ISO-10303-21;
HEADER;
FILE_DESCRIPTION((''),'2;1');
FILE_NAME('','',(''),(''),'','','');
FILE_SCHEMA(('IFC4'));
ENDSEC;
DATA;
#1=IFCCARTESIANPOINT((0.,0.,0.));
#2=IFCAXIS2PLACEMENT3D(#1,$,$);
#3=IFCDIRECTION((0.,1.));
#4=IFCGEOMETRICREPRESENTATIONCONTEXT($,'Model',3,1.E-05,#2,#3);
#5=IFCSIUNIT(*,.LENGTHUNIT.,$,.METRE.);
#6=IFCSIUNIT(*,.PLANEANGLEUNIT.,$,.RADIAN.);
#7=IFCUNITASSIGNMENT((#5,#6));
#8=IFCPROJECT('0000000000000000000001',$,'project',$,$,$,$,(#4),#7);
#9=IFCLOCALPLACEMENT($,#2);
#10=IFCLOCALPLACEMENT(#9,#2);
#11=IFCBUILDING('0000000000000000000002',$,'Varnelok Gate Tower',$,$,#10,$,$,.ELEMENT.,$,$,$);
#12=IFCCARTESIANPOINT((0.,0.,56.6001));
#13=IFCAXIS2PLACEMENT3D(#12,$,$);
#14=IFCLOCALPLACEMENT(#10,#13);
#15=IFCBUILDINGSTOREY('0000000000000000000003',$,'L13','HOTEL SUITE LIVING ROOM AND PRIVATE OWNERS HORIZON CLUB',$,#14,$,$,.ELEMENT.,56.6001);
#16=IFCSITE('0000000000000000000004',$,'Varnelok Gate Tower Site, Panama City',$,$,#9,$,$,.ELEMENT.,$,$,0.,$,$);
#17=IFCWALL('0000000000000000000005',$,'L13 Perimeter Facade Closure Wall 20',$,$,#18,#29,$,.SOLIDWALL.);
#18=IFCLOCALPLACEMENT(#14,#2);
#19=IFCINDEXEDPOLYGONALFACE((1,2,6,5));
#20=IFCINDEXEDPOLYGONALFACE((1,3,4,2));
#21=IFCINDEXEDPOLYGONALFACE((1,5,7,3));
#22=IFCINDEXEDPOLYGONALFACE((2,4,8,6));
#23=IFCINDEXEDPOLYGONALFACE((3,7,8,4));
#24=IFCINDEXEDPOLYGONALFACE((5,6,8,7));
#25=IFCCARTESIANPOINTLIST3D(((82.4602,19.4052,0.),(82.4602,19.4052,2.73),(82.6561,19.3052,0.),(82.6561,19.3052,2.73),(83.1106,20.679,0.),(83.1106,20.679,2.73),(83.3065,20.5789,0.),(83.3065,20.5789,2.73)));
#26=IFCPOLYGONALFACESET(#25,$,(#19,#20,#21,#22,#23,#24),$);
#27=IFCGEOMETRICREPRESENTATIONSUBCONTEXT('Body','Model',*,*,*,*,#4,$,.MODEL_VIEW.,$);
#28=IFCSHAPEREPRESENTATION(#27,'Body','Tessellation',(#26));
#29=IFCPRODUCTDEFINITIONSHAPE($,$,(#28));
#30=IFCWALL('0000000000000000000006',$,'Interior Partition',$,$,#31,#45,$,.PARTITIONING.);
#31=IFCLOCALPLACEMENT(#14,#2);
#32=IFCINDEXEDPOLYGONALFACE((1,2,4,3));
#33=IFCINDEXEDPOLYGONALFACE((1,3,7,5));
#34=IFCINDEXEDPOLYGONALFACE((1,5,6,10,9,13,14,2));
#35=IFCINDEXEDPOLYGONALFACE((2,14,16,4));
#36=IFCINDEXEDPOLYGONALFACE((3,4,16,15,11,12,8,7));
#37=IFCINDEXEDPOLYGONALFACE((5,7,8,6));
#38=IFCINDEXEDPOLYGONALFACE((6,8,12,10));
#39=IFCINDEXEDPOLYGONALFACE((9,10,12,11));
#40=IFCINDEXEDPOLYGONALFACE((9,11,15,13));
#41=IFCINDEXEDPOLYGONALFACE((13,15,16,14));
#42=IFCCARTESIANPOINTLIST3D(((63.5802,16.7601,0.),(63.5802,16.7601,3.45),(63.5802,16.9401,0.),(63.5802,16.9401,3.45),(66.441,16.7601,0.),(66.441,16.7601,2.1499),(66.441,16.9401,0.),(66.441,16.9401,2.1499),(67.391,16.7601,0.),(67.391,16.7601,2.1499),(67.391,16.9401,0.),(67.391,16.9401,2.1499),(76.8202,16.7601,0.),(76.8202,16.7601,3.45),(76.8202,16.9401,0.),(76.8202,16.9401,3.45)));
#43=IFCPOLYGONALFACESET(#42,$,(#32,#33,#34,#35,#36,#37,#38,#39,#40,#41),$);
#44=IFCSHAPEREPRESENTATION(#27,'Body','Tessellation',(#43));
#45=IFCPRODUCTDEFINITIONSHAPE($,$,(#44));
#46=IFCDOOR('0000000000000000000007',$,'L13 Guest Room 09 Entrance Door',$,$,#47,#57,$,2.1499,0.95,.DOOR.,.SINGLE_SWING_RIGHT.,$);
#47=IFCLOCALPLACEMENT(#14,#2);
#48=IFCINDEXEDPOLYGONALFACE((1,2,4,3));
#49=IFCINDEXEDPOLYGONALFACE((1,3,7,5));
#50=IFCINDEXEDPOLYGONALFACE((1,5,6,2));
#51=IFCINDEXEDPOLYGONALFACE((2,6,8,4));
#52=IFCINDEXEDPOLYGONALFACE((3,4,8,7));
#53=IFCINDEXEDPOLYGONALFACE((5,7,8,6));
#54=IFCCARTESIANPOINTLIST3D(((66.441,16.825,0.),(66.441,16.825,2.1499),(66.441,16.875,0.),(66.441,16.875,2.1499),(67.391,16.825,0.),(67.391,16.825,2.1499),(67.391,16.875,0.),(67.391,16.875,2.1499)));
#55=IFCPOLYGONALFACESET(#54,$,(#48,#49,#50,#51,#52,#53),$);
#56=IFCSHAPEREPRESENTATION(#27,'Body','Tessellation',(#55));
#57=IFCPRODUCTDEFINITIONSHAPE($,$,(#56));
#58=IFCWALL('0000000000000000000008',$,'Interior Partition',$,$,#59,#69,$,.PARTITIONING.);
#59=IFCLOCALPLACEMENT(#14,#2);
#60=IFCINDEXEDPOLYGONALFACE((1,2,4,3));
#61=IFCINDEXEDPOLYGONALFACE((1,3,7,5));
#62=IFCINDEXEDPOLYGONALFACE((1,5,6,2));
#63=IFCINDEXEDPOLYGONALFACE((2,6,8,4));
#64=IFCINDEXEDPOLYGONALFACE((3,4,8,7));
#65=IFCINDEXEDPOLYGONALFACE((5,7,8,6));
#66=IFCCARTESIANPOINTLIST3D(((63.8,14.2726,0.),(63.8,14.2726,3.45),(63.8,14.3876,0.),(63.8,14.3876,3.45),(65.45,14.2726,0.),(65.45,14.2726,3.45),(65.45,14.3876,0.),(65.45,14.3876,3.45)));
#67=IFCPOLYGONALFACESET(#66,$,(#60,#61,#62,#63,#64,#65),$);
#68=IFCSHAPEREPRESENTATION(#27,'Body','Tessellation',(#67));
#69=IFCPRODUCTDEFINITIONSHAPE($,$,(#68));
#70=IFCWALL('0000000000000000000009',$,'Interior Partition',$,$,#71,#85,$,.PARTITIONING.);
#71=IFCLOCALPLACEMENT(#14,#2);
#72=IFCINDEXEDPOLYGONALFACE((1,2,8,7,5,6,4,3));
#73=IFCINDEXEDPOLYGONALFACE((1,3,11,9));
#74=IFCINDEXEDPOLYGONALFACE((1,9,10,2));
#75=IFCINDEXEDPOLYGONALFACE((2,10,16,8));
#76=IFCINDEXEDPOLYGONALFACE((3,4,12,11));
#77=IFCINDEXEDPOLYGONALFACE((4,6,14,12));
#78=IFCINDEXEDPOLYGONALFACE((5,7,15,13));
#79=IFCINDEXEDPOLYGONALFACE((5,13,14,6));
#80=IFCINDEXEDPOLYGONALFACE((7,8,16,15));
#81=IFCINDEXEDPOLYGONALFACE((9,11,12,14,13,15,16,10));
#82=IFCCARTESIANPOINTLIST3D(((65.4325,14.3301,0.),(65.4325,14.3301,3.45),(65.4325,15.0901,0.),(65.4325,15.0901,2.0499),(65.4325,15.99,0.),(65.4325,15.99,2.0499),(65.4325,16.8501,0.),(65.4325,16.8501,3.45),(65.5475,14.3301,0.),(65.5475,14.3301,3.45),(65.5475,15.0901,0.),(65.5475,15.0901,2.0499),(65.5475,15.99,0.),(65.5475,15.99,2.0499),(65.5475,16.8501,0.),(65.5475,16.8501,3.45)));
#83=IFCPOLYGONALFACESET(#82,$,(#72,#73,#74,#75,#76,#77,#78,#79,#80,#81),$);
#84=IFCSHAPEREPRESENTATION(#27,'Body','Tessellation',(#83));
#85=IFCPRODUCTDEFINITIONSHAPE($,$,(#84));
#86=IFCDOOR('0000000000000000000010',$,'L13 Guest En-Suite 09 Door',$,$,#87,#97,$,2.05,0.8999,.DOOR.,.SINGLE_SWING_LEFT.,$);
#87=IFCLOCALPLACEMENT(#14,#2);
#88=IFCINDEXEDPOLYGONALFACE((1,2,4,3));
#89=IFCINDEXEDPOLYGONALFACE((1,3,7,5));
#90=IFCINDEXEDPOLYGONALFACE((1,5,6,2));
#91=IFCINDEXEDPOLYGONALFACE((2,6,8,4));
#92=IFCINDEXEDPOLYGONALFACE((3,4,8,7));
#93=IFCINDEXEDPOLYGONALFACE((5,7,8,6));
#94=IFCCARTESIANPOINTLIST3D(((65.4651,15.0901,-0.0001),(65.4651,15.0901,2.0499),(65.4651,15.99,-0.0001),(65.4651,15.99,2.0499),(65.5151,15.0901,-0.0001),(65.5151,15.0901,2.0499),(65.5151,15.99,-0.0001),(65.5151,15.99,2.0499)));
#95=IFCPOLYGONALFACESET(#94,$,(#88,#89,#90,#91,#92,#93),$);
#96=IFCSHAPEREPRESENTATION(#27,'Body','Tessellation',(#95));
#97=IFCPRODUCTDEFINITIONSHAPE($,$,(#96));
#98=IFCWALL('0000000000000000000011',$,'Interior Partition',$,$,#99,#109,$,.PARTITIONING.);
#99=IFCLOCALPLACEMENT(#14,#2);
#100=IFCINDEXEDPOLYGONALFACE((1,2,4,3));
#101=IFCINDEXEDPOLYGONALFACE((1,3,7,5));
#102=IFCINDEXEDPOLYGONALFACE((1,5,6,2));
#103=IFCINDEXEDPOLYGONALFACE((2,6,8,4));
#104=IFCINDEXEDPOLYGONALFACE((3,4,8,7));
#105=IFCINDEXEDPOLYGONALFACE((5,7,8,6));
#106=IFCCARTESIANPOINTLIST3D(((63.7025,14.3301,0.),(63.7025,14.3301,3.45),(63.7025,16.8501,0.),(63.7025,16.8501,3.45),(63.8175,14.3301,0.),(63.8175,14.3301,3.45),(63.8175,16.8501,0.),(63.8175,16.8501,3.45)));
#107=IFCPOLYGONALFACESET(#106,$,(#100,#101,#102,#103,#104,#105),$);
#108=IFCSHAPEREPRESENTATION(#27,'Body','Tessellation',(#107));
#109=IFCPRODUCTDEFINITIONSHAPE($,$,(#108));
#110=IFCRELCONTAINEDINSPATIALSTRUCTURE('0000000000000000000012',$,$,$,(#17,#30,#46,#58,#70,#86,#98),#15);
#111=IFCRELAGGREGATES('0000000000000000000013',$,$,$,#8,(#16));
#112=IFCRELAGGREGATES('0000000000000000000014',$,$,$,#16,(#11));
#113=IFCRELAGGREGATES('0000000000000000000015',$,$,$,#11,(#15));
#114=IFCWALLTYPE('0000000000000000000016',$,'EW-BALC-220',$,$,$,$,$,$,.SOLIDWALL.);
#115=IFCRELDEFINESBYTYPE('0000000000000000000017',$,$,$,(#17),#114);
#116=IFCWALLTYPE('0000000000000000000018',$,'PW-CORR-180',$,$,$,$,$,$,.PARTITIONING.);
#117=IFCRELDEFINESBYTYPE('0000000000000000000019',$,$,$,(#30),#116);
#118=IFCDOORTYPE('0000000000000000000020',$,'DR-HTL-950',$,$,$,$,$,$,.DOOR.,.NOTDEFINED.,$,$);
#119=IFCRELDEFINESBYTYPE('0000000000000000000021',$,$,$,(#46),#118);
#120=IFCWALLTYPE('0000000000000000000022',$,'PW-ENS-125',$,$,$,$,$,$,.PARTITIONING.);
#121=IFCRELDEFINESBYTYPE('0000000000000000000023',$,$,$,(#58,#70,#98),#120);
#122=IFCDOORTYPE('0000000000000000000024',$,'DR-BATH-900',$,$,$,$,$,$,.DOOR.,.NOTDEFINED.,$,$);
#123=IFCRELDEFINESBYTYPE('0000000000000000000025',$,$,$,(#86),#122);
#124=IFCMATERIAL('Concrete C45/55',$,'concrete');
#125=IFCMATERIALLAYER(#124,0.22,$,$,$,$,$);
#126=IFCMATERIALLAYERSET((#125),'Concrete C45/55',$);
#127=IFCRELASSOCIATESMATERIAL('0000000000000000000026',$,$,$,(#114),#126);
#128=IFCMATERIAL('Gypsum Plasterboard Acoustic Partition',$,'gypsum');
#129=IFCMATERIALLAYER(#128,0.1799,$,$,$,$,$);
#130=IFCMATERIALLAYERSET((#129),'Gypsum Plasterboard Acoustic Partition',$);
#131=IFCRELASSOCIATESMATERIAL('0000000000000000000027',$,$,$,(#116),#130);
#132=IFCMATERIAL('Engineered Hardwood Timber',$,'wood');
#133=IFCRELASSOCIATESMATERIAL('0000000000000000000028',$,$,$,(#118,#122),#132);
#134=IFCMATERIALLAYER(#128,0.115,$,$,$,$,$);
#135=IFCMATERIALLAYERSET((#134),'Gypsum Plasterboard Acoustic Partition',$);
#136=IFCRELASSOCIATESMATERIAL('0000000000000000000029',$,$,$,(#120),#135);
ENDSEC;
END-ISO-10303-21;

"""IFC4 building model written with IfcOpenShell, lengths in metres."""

from ifc_helpers import new_model, si_unit, direction, frame, frame_2d, origin, place, context, subcontext, project, spatial, rectangle, extrude, material, layer, layer_set, type_object, element, fill, save


model = new_model("IFC4")

# Units and contexts
model_context = context("Model", 3, precision=1e-05, world=origin(), true_north=direction((0.0, 1.0)))
body_context = subcontext(model_context, "Body", "Model", "MODEL_VIEW")
ifc_project = project(units=[si_unit("LENGTHUNIT", "METRE"), si_unit("PLANEANGLEUNIT", "RADIAN")], contexts=[model_context])

# Site, building, storey
site_placement = place(None, origin())
site = spatial("IfcSite", under=ifc_project, at=site_placement, Name="Varnelok Gate Tower Site, Panama City", CompositionType="ELEMENT", RefElevation=0.0)
building_placement = place(site_placement, origin())
building = spatial("IfcBuilding", under=site, at=building_placement, Name="Varnelok Gate Tower", CompositionType="ELEMENT")
storey_placement = place(building_placement, frame((0.0, 0.0, 56.6001)))
storey = spatial("IfcBuildingStorey", under=building, at=storey_placement, Name="L13", Description="HOTEL SUITE LIVING ROOM AND PRIVATE OWNERS HORIZON CLUB", CompositionType="ELEMENT", Elevation=56.6001)

# Wall
ifc_material_1 = material(Name="Concrete C45/55", Category="concrete")
ifc_layer_1 = layer(ifc_material_1, 0.22)
ifc_layer_set_1 = layer_set([ifc_layer_1], Name="Concrete C45/55")
wall_type_1 = type_object("IfcWallType", Name="EW-BALC-220", PredefinedType="SOLIDWALL", material=ifc_layer_set_1)
wall_1_placement = place(storey_placement, frame((82.5581, 19.3552, 0.0), z_axis=(0.0, 0.0, 1.0), x_axis=(0.454777, 0.890605, 0.0)))
element("IfcWall", 1, at=wall_1_placement, inside=storey, type_object=wall_type_1, Name="L13 Perimeter Facade Closure Wall 20", PredefinedType="SOLIDWALL", context=body_context, shape_type="SweptSolid", body=[
    extrude(rectangle(XDim=1.4302, YDim=0.22, at=frame_2d((0.7151, 0.0))), origin(), (0.0, 0.0, 1.0), 2.73),
])

# Wall, opening, door
ifc_material_2 = material(Name="Gypsum Plasterboard Acoustic Partition", Category="gypsum")
ifc_layer_2 = layer(ifc_material_2, 0.1799)
ifc_layer_set_2 = layer_set([ifc_layer_2], Name="Gypsum Plasterboard Acoustic Partition")
wall_type_2 = type_object("IfcWallType", Name="PW-CORR-180", PredefinedType="PARTITIONING", material=ifc_layer_set_2)
wall_2_placement = place(storey_placement, frame((63.5801, 16.8501, 0.0), z_axis=(0.0, 0.0, 1.0), x_axis=(1.0, 0.0, 0.0)))
wall_2 = element("IfcWall", 2, at=wall_2_placement, inside=storey, type_object=wall_type_2, Name="Interior Partition", PredefinedType="PARTITIONING", context=body_context, shape_type="SweptSolid", body=[
    extrude(rectangle(XDim=13.24, YDim=0.1799, at=frame_2d((6.6201, 0.0))), origin(), (0.0, 0.0, 1.0), 3.45),
])
opening_1_placement = place(wall_2_placement, frame((2.8608, 0.0, 0.0)))
opening_1 = element("IfcOpeningElement", 3, at=opening_1_placement, cuts=wall_2, PredefinedType="OPENING", context=body_context, shape_type="SweptSolid", body=[
    extrude(rectangle(XDim=0.95, YDim=2.1499, at=frame_2d((0.4751, 1.075))), frame((0.0, 0.0999, 0.0), z_axis=(0.0, -1.0, 0.0), x_axis=(1.0, 0.0, 0.0)), (0.0, 0.0, 1.0), 0.2),
])
ifc_material_3 = material(Name="Engineered Hardwood Timber", Category="wood")
door_type_1 = type_object("IfcDoorType", Name="DR-HTL-950", OperationType="NOTDEFINED", PredefinedType="DOOR", material=ifc_material_3)
door_1_placement = place(opening_1_placement, origin())
door_1 = element("IfcDoor", 4, at=door_1_placement, inside=storey, type_object=door_type_1, Name="L13 Guest Room 09 Entrance Door", OperationType="SINGLE_SWING_RIGHT", OverallHeight=2.1499, OverallWidth=0.95, PredefinedType="DOOR", context=body_context, shape_type="SweptSolid", body=[
    extrude(rectangle(XDim=0.95, YDim=2.1499, at=frame_2d((0.4751, 1.075))), frame((0.0, 0.0249, 0.0), z_axis=(0.0, -1.0, 0.0), x_axis=(1.0, 0.0, 0.0)), (0.0, 0.0, 1.0), 0.05),
])
fill(opening_1, door_1)

# Wall
ifc_layer_3 = layer(ifc_material_2, 0.115)
ifc_layer_set_3 = layer_set([ifc_layer_3], Name="Gypsum Plasterboard Acoustic Partition")
wall_type_3 = type_object("IfcWallType", Name="PW-ENS-125", PredefinedType="PARTITIONING", material=ifc_layer_set_3)
wall_3_placement = place(storey_placement, frame((63.8, 14.3301, 0.0), z_axis=(0.0, 0.0, 1.0), x_axis=(1.0, 0.0, 0.0)))
element("IfcWall", 5, at=wall_3_placement, inside=storey, type_object=wall_type_3, Name="Interior Partition", PredefinedType="PARTITIONING", context=body_context, shape_type="SweptSolid", body=[
    extrude(rectangle(XDim=1.6499, YDim=0.115, at=frame_2d((0.825, 0.0))), origin(), (0.0, 0.0, 1.0), 3.45),
])

# Wall, opening, door
wall_4_placement = place(storey_placement, frame((65.49, 14.3301, 0.0), z_axis=(0.0, 0.0, 1.0), x_axis=(0.0, 1.0, 0.0)))
wall_4 = element("IfcWall", 6, at=wall_4_placement, inside=storey, type_object=wall_type_3, Name="Interior Partition", PredefinedType="PARTITIONING", context=body_context, shape_type="SweptSolid", body=[
    extrude(rectangle(XDim=2.52, YDim=0.115, at=frame_2d((1.26, 0.0))), origin(), (0.0, 0.0, 1.0), 3.45),
])
opening_2_placement = place(wall_4_placement, frame((0.76, 0.0, 0.0)))
opening_2 = element("IfcOpeningElement", 7, at=opening_2_placement, cuts=wall_4, PredefinedType="OPENING", context=body_context, shape_type="SweptSolid", body=[
    extrude(rectangle(XDim=0.8999, YDim=2.05, at=frame_2d((0.45, 1.0249))), frame((0.0, 0.0674, 0.0), z_axis=(0.0, -1.0, 0.0), x_axis=(1.0, 0.0, 0.0)), (0.0, 0.0, 1.0), 0.135),
])
door_type_2 = type_object("IfcDoorType", Name="DR-BATH-900", OperationType="NOTDEFINED", PredefinedType="DOOR", material=ifc_material_3)
door_2_placement = place(opening_2_placement, origin())
door_2 = element("IfcDoor", 8, at=door_2_placement, inside=storey, type_object=door_type_2, Name="L13 Guest En-Suite 09 Door", OperationType="SINGLE_SWING_LEFT", OverallHeight=2.05, OverallWidth=0.8999, PredefinedType="DOOR", context=body_context, shape_type="SweptSolid", body=[
    extrude(rectangle(XDim=0.8999, YDim=2.05, at=frame_2d((0.45, 1.0249))), frame((0.0, 0.0249, 0.0), z_axis=(0.0, -1.0, 0.0), x_axis=(1.0, 0.0, 0.0)), (0.0, 0.0, 1.0), 0.05),
])
fill(opening_2, door_2)

# Wall
wall_5_placement = place(storey_placement, frame((63.76, 14.3301, 0.0), z_axis=(0.0, 0.0, 1.0), x_axis=(0.0, 1.0, 0.0)))
element("IfcWall", 9, at=wall_5_placement, inside=storey, type_object=wall_type_3, Name="Interior Partition", PredefinedType="PARTITIONING", context=body_context, shape_type="SweptSolid", body=[
    extrude(rectangle(XDim=2.52, YDim=0.115, at=frame_2d((1.26, 0.0))), origin(), (0.0, 0.0, 1.0), 3.45),
])

save(model, "model.ifc")
